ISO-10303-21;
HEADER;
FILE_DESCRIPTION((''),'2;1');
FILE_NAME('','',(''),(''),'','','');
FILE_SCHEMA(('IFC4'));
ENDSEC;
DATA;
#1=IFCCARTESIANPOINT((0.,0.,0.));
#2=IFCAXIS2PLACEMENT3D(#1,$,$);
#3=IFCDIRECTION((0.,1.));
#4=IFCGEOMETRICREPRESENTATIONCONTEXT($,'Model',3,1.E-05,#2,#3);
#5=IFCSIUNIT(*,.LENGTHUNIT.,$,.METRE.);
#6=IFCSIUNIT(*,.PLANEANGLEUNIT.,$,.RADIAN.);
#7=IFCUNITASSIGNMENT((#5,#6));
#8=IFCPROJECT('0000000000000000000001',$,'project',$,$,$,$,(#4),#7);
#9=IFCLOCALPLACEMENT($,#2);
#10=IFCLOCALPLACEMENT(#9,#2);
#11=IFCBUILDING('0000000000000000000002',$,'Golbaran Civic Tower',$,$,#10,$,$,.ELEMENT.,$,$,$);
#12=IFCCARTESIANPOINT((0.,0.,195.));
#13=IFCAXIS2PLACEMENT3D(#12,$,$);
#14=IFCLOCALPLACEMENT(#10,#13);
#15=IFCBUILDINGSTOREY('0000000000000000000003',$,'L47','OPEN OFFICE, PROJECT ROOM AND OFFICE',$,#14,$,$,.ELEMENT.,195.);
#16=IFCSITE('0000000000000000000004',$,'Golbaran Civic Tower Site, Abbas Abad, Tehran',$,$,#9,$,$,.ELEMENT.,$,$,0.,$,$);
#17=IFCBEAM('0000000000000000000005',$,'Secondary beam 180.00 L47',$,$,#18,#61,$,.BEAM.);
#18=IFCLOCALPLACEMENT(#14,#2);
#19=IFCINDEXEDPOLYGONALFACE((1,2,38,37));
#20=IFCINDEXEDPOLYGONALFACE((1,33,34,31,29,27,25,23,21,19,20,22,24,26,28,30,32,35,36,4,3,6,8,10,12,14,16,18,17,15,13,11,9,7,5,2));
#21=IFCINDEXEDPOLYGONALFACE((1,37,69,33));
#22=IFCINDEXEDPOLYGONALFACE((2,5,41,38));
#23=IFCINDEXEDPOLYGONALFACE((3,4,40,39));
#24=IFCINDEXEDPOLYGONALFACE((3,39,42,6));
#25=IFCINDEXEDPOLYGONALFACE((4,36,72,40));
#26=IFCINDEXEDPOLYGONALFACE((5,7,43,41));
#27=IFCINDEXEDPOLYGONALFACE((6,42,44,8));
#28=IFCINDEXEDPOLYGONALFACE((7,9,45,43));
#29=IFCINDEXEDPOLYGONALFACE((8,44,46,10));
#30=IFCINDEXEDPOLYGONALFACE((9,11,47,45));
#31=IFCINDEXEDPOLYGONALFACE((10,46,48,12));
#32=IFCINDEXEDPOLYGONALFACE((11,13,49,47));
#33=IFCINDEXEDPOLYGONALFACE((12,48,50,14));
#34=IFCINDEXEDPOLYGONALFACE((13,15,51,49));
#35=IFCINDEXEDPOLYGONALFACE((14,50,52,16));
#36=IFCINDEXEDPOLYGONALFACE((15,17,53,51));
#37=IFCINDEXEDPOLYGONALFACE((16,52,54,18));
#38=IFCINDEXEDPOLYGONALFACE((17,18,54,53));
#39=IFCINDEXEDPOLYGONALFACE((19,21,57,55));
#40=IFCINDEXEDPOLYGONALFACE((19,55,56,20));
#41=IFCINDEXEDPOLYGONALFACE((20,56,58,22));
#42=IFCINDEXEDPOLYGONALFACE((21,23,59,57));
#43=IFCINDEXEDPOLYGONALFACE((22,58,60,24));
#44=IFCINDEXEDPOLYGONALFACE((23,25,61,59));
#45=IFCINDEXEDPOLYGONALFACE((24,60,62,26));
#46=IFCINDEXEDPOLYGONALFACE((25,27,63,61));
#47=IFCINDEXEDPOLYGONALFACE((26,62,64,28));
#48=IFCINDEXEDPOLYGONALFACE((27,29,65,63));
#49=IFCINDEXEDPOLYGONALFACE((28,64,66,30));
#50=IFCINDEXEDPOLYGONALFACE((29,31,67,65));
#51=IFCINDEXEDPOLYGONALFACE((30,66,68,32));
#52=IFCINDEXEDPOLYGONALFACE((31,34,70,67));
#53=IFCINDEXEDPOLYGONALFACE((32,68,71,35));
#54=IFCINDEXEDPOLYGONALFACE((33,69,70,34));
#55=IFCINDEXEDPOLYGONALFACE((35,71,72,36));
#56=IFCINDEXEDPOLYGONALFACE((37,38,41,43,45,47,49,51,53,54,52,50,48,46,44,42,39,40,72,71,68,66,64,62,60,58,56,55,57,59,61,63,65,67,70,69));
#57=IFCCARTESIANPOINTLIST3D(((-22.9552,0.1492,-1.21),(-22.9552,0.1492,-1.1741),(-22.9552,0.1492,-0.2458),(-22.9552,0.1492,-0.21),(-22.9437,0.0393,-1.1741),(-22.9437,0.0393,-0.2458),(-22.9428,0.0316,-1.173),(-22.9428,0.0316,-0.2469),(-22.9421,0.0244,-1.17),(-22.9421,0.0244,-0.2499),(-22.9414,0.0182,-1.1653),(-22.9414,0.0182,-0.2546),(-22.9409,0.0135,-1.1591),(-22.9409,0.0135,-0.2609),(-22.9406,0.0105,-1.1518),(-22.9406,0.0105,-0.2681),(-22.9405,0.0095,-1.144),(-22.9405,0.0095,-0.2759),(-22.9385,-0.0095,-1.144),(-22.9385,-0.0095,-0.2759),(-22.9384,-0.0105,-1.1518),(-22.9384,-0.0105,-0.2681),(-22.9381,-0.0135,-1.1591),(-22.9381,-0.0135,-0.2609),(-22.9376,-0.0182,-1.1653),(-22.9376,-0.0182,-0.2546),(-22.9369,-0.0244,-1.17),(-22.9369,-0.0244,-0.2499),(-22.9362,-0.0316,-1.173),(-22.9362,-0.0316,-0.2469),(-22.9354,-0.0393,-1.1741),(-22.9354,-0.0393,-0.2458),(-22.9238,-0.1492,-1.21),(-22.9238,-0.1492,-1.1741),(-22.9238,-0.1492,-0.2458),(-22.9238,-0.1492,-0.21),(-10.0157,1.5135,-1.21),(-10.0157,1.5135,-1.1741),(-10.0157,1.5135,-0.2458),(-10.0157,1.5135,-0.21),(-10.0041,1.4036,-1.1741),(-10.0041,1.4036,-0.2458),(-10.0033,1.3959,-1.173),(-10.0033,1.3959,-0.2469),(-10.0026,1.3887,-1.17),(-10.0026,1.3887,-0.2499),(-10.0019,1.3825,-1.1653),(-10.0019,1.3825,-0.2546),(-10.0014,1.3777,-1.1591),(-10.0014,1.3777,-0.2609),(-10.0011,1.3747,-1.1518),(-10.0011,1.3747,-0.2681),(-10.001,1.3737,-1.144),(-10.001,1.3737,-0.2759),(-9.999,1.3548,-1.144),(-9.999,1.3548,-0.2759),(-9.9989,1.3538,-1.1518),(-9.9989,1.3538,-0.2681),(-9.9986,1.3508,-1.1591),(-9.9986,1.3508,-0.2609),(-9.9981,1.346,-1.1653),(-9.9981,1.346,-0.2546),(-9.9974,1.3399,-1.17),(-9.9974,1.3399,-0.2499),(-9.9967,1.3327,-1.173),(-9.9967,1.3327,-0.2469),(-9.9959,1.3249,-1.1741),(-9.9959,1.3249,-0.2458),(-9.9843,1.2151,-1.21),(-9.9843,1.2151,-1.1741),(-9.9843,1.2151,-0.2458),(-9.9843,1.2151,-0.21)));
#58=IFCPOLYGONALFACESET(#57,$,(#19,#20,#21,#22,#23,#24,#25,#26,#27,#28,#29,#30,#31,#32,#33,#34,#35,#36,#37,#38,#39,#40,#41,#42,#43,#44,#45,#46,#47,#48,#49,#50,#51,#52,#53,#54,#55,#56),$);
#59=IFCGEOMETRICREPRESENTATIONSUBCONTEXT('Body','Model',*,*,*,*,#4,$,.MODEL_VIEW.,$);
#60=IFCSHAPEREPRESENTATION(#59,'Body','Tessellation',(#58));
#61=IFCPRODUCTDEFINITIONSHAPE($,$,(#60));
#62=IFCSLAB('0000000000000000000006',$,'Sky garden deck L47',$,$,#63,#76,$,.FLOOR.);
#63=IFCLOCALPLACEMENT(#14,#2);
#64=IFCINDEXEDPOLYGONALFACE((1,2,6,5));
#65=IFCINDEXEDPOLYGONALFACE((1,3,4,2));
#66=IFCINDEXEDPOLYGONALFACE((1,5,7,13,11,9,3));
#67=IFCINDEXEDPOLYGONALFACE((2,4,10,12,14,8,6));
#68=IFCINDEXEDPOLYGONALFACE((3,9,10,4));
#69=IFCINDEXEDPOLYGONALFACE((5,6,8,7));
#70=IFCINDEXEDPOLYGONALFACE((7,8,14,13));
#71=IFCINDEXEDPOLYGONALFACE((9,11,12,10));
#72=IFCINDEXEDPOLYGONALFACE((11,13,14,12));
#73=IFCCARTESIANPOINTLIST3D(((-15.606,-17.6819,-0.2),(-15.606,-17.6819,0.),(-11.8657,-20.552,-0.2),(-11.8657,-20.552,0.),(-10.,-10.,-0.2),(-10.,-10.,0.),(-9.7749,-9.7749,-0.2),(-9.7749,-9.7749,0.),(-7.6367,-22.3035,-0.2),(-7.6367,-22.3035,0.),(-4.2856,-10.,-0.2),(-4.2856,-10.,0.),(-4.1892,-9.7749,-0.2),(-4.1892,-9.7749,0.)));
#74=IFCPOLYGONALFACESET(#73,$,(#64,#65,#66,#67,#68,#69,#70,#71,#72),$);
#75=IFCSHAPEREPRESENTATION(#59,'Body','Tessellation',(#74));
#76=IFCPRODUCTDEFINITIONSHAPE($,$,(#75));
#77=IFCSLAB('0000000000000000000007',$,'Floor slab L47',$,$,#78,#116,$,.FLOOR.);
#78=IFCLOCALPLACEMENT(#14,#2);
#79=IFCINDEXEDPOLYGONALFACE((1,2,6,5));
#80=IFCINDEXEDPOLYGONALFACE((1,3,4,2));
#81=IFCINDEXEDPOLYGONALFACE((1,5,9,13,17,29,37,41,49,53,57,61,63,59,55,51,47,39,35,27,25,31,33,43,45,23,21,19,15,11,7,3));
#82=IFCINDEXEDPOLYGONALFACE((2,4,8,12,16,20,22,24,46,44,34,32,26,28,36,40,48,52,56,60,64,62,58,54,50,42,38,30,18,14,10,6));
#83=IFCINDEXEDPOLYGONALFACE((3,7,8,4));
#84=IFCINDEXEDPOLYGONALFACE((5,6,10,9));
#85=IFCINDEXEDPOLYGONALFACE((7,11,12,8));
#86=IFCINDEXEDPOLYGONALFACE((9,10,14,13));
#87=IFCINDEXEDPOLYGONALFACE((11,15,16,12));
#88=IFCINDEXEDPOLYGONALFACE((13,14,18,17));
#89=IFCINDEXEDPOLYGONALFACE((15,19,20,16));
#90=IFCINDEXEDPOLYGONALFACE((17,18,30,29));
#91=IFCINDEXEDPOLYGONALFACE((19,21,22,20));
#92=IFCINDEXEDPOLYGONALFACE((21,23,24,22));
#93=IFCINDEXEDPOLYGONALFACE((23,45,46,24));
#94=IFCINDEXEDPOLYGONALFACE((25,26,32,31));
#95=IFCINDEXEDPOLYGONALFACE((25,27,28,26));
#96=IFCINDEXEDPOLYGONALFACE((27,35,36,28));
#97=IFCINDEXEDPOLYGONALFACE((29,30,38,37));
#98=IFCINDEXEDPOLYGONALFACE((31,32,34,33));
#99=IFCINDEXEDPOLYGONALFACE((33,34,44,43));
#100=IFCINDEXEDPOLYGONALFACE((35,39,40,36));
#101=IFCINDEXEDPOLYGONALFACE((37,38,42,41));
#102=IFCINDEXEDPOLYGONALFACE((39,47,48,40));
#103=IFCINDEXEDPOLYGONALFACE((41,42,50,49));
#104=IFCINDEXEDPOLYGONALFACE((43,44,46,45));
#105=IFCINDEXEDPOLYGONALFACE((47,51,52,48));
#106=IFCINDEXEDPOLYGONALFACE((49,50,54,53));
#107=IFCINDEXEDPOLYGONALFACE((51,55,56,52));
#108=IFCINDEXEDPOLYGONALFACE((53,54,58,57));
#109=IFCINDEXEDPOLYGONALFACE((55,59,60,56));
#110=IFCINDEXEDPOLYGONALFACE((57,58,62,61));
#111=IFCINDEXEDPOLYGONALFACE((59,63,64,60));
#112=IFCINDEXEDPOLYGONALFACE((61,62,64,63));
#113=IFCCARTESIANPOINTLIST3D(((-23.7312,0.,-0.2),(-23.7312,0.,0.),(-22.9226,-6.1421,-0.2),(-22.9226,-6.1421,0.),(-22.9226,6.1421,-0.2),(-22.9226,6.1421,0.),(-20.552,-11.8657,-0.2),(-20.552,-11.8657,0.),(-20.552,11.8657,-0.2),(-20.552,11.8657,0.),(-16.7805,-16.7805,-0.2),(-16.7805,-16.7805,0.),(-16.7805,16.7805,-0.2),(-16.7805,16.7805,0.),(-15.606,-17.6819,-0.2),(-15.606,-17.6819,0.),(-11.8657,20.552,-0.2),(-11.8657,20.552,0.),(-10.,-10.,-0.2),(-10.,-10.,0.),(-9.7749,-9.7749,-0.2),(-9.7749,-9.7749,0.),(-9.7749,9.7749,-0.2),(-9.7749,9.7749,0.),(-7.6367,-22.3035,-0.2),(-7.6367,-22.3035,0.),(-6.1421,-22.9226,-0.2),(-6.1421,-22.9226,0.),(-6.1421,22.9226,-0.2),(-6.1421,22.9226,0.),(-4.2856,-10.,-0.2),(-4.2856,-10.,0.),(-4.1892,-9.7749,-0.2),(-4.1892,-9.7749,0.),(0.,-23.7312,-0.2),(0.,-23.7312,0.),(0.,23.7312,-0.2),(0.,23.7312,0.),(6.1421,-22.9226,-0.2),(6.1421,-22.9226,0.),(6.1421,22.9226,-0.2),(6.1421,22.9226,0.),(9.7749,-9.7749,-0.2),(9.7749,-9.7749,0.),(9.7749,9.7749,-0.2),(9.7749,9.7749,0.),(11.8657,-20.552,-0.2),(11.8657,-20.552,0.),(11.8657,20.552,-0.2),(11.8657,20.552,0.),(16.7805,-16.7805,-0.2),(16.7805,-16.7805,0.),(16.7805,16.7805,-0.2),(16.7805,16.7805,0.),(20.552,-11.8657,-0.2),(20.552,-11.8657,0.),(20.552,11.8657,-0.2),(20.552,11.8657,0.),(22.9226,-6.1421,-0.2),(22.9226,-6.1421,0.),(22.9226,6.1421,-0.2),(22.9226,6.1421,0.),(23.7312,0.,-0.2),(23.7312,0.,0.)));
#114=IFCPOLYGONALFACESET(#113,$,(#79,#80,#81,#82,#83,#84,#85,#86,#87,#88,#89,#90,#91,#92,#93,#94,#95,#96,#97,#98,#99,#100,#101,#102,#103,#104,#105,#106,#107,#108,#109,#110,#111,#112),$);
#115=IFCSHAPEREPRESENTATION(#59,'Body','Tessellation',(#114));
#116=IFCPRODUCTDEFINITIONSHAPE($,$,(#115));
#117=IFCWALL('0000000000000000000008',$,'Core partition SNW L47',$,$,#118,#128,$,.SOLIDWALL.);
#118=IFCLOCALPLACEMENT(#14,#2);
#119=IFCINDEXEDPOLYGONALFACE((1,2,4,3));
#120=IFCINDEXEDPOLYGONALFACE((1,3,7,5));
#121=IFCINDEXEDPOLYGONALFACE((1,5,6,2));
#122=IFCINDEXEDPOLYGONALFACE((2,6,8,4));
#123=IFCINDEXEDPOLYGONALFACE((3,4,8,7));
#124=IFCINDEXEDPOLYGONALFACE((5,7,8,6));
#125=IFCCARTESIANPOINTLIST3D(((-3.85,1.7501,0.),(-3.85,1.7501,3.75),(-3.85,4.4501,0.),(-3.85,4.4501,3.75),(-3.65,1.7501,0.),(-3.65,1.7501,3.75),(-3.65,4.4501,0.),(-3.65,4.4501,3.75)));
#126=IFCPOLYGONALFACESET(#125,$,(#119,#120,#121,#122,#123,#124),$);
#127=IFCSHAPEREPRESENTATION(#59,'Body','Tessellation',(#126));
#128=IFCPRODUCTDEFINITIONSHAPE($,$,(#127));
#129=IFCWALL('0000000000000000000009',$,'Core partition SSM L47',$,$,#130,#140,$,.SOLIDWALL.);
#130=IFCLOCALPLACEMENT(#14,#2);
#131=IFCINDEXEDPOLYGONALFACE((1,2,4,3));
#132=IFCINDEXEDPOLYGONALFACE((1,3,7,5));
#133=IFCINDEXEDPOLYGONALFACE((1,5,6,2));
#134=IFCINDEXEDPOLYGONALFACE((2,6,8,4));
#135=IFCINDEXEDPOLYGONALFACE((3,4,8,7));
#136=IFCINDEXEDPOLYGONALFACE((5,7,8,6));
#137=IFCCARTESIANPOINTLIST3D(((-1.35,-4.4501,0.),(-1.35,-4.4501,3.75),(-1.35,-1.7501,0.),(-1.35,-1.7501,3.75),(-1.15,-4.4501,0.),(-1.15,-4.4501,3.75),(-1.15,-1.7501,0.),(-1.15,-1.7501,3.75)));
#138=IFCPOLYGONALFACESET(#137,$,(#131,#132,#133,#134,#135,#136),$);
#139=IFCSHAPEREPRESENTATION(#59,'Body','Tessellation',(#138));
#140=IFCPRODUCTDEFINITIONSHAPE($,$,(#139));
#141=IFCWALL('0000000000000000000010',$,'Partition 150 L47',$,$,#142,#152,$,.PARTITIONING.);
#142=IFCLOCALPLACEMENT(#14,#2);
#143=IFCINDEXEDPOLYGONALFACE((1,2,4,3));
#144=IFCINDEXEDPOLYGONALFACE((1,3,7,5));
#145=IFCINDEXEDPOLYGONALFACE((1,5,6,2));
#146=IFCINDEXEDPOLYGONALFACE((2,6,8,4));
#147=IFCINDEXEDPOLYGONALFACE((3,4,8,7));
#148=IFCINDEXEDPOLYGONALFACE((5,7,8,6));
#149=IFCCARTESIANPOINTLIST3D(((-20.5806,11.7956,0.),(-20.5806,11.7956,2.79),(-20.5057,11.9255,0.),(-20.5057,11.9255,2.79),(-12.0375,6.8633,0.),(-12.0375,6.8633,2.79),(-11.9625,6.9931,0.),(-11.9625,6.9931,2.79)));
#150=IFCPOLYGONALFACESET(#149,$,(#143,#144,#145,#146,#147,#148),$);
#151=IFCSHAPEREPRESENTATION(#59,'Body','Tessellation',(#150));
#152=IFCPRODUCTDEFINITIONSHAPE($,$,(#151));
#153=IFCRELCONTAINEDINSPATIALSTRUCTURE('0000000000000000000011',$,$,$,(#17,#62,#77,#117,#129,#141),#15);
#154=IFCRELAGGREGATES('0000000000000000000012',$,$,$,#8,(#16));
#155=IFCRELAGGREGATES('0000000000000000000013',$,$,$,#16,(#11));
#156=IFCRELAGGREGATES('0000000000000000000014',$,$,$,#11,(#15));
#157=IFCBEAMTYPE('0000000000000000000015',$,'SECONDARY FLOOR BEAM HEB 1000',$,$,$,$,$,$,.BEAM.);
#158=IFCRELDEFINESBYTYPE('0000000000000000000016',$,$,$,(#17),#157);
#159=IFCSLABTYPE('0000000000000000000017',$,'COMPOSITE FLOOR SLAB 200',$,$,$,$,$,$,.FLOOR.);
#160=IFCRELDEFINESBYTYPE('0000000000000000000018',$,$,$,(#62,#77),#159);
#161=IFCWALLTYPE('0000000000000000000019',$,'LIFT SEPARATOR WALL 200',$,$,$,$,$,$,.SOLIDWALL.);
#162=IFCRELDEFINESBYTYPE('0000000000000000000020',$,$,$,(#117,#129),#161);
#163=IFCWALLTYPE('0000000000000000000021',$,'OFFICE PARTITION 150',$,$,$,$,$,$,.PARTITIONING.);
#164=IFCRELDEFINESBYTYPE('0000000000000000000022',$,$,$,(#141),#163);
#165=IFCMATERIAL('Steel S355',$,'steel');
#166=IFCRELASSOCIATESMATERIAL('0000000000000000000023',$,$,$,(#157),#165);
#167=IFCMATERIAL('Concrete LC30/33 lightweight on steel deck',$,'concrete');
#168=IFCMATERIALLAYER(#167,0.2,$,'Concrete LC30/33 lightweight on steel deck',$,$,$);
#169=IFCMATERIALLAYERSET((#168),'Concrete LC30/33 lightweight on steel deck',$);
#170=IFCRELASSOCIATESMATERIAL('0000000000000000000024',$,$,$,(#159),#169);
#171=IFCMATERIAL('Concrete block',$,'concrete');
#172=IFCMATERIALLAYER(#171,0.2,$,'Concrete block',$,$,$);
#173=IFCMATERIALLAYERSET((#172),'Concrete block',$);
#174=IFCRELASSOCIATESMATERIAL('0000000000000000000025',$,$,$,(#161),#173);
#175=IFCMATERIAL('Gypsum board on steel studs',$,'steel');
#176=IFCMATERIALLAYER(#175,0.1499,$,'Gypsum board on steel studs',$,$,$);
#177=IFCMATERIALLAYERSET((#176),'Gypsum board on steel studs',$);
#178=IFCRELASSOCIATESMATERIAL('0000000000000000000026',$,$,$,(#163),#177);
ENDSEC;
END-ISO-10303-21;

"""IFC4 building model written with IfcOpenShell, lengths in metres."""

from ifc_helpers import new_model, si_unit, direction, frame, frame_2d, origin, origin_2d, place, context, subcontext, project, spatial, polyline, rectangle, i_section, outline, extrude, material, layer, layer_set, material_profile, profile_set, type_object, element, save


model = new_model("IFC4")

# Units and contexts
model_context = context("Model", 3, precision=1e-05, world=origin(), true_north=direction((0.0, 1.0)))
body_context = subcontext(model_context, "Body", "Model", "MODEL_VIEW")
ifc_project = project(units=[si_unit("LENGTHUNIT", "METRE"), si_unit("PLANEANGLEUNIT", "RADIAN")], contexts=[model_context])

# Site, building, storey
site_placement = place(None, origin())
site = spatial("IfcSite", under=ifc_project, at=site_placement, Name="Golbaran Civic Tower Site, Abbas Abad, Tehran", CompositionType="ELEMENT", RefElevation=0.0)
building_placement = place(site_placement, origin())
building = spatial("IfcBuilding", under=site, at=building_placement, Name="Golbaran Civic Tower", CompositionType="ELEMENT")
storey_placement = place(building_placement, frame((0.0, 0.0, 195.0)))
storey = spatial("IfcBuildingStorey", under=building, at=storey_placement, Name="L47", Description="OPEN OFFICE, PROJECT ROOM AND OFFICE", CompositionType="ELEMENT", Elevation=195.0)

# Beam
ifc_material_1 = material(Name="Steel S355", Category="steel")
ifc_material_profile_1 = material_profile(ifc_material_1, i_section(OverallWidth=0.3, OverallDepth=1.0, WebThickness=0.019, FlangeThickness=0.0359, FilletRadius=0.03, at=origin_2d()), Name="HEB 1000")
ifc_profile_set_1 = profile_set([ifc_material_profile_1], Name="Steel S355")
beam_type_1 = type_object("IfcBeamType", Name="SECONDARY FLOOR BEAM HEB 1000", PredefinedType="BEAM", material=ifc_profile_set_1)
beam_1_placement = place(storey_placement, frame((-10.0, 1.3643, -0.71), z_axis=(-0.994488, -0.104853, 0.0), x_axis=(0.104853, -0.994488, 0.0)))
element("IfcBeam", 1, at=beam_1_placement, inside=storey, type_object=beam_type_1, Name="Secondary beam 180.00 L47", PredefinedType="BEAM", context=body_context, shape_type="SweptSolid", body=[
    extrude(i_section(OverallWidth=0.3, OverallDepth=1.0, WebThickness=0.019, FlangeThickness=0.0359, FilletRadius=0.03, at=origin_2d()), origin(), (0.0, 0.0, 1.0), 13.0112),
])

# Slabs
ifc_material_2 = material(Name="Concrete LC30/33 lightweight on steel deck", Category="concrete")
ifc_layer_1 = layer(ifc_material_2, 0.2, Name="Concrete LC30/33 lightweight on steel deck")
ifc_layer_set_1 = layer_set([ifc_layer_1], Name="Concrete LC30/33 lightweight on steel deck")
slab_type = type_object("IfcSlabType", Name="COMPOSITE FLOOR SLAB 200", PredefinedType="FLOOR", material=ifc_layer_set_1)
slab_1_placement = place(storey_placement, frame((0.0, 0.0, -0.2)))
element("IfcSlab", 2, at=slab_1_placement, inside=storey, type_object=slab_type, Name="Sky garden deck L47", PredefinedType="FLOOR", context=body_context, shape_type="SweptSolid", body=[
    extrude(outline(polyline([(-15.606, -17.6819), (-10.0, -10.0), (-9.7749, -9.7749), (-4.1892, -9.7749), (-4.2856, -10.0), (-7.6367, -22.3035), (-11.8657, -20.552), (-15.606, -17.6819)])), origin(), (0.0, 0.0, 1.0), 0.2),
])
slab_2_placement = place(storey_placement, frame((0.0, 0.0, -0.2)))
element("IfcSlab", 3, at=slab_2_placement, inside=storey, type_object=slab_type, Name="Floor slab L47", PredefinedType="FLOOR", context=body_context, shape_type="SweptSolid", body=[
    extrude(outline(polyline([(16.7805, -16.7805), (11.8657, -20.552), (6.1421, -22.9226), (0.0, -23.7312), (-6.1421, -22.9226), (-7.6367, -22.3035), (-4.2856, -10.0), (-4.1892, -9.7749), (9.7749, -9.7749), (9.7749, 9.7749), (-9.7749, 9.7749), (-9.7749, -9.7749), (-10.0, -10.0), (-15.606, -17.6819), (-16.7805, -16.7805), (-20.552, -11.8657), (-22.9226, -6.1421), (-23.7312, 0.0), (-22.9226, 6.1421), (-20.552, 11.8657), (-16.7805, 16.7805), (-11.8657, 20.552), (-6.1421, 22.9226), (0.0, 23.7312), (6.1421, 22.9226), (11.8657, 20.552), (16.7805, 16.7805), (20.552, 11.8657), (22.9226, 6.1421), (23.7312, 0.0), (22.9226, -6.1421), (20.552, -11.8657), (16.7805, -16.7805)])), origin(), (0.0, 0.0, 1.0), 0.2),
])

# Walls
ifc_material_3 = material(Name="Concrete block", Category="concrete")
ifc_layer_2 = layer(ifc_material_3, 0.2, Name="Concrete block")
ifc_layer_set_2 = layer_set([ifc_layer_2], Name="Concrete block")
wall_type_1 = type_object("IfcWallType", Name="LIFT SEPARATOR WALL 200", PredefinedType="SOLIDWALL", material=ifc_layer_set_2)
for number, where, z_axis, x_axis, name in (
    (4, (-3.75, 1.75, 0.0), (0.0, 0.0, 1.0), (0.0, 1.0, 0.0), "Core partition SNW L47"),
    (5, (-1.25, -1.75, 0.0), (0.0, 0.0, 1.0), (0.0, -1.0, 0.0), "Core partition SSM L47"),
):
    element("IfcWall", number, at=place(storey_placement, frame(where, z_axis=z_axis, x_axis=x_axis)), inside=storey, type_object=wall_type_1, Name=name, PredefinedType="SOLIDWALL", context=body_context, shape_type="SweptSolid", body=[
        extrude(rectangle(XDim=2.7, YDim=0.2, at=frame_2d((1.3501, 0.0))), origin(), (0.0, 0.0, 1.0), 3.75),
    ])
ifc_material_4 = material(Name="Gypsum board on steel studs", Category="steel")
ifc_layer_3 = layer(ifc_material_4, 0.1499, Name="Gypsum board on steel studs")
ifc_layer_set_3 = layer_set([ifc_layer_3], Name="Gypsum board on steel studs")
wall_type_2 = type_object("IfcWallType", Name="OFFICE PARTITION 150", PredefinedType="PARTITIONING", material=ifc_layer_set_3)
wall_1_placement = place(storey_placement, frame((-12.0, 6.9282, 0.0), z_axis=(0.0, 0.0, 1.0), x_axis=(-0.866028, 0.499996, 0.0)))
element("IfcWall", 6, at=wall_1_placement, inside=storey, type_object=wall_type_2, Name="Partition 150 L47", PredefinedType="PARTITIONING", context=body_context, shape_type="SweptSolid", body=[
    extrude(rectangle(XDim=9.8647, YDim=0.1499, at=frame_2d((4.9324, 0.0))), origin(), (0.0, 0.0, 1.0), 2.79),
])

save(model, "model.ifc")
